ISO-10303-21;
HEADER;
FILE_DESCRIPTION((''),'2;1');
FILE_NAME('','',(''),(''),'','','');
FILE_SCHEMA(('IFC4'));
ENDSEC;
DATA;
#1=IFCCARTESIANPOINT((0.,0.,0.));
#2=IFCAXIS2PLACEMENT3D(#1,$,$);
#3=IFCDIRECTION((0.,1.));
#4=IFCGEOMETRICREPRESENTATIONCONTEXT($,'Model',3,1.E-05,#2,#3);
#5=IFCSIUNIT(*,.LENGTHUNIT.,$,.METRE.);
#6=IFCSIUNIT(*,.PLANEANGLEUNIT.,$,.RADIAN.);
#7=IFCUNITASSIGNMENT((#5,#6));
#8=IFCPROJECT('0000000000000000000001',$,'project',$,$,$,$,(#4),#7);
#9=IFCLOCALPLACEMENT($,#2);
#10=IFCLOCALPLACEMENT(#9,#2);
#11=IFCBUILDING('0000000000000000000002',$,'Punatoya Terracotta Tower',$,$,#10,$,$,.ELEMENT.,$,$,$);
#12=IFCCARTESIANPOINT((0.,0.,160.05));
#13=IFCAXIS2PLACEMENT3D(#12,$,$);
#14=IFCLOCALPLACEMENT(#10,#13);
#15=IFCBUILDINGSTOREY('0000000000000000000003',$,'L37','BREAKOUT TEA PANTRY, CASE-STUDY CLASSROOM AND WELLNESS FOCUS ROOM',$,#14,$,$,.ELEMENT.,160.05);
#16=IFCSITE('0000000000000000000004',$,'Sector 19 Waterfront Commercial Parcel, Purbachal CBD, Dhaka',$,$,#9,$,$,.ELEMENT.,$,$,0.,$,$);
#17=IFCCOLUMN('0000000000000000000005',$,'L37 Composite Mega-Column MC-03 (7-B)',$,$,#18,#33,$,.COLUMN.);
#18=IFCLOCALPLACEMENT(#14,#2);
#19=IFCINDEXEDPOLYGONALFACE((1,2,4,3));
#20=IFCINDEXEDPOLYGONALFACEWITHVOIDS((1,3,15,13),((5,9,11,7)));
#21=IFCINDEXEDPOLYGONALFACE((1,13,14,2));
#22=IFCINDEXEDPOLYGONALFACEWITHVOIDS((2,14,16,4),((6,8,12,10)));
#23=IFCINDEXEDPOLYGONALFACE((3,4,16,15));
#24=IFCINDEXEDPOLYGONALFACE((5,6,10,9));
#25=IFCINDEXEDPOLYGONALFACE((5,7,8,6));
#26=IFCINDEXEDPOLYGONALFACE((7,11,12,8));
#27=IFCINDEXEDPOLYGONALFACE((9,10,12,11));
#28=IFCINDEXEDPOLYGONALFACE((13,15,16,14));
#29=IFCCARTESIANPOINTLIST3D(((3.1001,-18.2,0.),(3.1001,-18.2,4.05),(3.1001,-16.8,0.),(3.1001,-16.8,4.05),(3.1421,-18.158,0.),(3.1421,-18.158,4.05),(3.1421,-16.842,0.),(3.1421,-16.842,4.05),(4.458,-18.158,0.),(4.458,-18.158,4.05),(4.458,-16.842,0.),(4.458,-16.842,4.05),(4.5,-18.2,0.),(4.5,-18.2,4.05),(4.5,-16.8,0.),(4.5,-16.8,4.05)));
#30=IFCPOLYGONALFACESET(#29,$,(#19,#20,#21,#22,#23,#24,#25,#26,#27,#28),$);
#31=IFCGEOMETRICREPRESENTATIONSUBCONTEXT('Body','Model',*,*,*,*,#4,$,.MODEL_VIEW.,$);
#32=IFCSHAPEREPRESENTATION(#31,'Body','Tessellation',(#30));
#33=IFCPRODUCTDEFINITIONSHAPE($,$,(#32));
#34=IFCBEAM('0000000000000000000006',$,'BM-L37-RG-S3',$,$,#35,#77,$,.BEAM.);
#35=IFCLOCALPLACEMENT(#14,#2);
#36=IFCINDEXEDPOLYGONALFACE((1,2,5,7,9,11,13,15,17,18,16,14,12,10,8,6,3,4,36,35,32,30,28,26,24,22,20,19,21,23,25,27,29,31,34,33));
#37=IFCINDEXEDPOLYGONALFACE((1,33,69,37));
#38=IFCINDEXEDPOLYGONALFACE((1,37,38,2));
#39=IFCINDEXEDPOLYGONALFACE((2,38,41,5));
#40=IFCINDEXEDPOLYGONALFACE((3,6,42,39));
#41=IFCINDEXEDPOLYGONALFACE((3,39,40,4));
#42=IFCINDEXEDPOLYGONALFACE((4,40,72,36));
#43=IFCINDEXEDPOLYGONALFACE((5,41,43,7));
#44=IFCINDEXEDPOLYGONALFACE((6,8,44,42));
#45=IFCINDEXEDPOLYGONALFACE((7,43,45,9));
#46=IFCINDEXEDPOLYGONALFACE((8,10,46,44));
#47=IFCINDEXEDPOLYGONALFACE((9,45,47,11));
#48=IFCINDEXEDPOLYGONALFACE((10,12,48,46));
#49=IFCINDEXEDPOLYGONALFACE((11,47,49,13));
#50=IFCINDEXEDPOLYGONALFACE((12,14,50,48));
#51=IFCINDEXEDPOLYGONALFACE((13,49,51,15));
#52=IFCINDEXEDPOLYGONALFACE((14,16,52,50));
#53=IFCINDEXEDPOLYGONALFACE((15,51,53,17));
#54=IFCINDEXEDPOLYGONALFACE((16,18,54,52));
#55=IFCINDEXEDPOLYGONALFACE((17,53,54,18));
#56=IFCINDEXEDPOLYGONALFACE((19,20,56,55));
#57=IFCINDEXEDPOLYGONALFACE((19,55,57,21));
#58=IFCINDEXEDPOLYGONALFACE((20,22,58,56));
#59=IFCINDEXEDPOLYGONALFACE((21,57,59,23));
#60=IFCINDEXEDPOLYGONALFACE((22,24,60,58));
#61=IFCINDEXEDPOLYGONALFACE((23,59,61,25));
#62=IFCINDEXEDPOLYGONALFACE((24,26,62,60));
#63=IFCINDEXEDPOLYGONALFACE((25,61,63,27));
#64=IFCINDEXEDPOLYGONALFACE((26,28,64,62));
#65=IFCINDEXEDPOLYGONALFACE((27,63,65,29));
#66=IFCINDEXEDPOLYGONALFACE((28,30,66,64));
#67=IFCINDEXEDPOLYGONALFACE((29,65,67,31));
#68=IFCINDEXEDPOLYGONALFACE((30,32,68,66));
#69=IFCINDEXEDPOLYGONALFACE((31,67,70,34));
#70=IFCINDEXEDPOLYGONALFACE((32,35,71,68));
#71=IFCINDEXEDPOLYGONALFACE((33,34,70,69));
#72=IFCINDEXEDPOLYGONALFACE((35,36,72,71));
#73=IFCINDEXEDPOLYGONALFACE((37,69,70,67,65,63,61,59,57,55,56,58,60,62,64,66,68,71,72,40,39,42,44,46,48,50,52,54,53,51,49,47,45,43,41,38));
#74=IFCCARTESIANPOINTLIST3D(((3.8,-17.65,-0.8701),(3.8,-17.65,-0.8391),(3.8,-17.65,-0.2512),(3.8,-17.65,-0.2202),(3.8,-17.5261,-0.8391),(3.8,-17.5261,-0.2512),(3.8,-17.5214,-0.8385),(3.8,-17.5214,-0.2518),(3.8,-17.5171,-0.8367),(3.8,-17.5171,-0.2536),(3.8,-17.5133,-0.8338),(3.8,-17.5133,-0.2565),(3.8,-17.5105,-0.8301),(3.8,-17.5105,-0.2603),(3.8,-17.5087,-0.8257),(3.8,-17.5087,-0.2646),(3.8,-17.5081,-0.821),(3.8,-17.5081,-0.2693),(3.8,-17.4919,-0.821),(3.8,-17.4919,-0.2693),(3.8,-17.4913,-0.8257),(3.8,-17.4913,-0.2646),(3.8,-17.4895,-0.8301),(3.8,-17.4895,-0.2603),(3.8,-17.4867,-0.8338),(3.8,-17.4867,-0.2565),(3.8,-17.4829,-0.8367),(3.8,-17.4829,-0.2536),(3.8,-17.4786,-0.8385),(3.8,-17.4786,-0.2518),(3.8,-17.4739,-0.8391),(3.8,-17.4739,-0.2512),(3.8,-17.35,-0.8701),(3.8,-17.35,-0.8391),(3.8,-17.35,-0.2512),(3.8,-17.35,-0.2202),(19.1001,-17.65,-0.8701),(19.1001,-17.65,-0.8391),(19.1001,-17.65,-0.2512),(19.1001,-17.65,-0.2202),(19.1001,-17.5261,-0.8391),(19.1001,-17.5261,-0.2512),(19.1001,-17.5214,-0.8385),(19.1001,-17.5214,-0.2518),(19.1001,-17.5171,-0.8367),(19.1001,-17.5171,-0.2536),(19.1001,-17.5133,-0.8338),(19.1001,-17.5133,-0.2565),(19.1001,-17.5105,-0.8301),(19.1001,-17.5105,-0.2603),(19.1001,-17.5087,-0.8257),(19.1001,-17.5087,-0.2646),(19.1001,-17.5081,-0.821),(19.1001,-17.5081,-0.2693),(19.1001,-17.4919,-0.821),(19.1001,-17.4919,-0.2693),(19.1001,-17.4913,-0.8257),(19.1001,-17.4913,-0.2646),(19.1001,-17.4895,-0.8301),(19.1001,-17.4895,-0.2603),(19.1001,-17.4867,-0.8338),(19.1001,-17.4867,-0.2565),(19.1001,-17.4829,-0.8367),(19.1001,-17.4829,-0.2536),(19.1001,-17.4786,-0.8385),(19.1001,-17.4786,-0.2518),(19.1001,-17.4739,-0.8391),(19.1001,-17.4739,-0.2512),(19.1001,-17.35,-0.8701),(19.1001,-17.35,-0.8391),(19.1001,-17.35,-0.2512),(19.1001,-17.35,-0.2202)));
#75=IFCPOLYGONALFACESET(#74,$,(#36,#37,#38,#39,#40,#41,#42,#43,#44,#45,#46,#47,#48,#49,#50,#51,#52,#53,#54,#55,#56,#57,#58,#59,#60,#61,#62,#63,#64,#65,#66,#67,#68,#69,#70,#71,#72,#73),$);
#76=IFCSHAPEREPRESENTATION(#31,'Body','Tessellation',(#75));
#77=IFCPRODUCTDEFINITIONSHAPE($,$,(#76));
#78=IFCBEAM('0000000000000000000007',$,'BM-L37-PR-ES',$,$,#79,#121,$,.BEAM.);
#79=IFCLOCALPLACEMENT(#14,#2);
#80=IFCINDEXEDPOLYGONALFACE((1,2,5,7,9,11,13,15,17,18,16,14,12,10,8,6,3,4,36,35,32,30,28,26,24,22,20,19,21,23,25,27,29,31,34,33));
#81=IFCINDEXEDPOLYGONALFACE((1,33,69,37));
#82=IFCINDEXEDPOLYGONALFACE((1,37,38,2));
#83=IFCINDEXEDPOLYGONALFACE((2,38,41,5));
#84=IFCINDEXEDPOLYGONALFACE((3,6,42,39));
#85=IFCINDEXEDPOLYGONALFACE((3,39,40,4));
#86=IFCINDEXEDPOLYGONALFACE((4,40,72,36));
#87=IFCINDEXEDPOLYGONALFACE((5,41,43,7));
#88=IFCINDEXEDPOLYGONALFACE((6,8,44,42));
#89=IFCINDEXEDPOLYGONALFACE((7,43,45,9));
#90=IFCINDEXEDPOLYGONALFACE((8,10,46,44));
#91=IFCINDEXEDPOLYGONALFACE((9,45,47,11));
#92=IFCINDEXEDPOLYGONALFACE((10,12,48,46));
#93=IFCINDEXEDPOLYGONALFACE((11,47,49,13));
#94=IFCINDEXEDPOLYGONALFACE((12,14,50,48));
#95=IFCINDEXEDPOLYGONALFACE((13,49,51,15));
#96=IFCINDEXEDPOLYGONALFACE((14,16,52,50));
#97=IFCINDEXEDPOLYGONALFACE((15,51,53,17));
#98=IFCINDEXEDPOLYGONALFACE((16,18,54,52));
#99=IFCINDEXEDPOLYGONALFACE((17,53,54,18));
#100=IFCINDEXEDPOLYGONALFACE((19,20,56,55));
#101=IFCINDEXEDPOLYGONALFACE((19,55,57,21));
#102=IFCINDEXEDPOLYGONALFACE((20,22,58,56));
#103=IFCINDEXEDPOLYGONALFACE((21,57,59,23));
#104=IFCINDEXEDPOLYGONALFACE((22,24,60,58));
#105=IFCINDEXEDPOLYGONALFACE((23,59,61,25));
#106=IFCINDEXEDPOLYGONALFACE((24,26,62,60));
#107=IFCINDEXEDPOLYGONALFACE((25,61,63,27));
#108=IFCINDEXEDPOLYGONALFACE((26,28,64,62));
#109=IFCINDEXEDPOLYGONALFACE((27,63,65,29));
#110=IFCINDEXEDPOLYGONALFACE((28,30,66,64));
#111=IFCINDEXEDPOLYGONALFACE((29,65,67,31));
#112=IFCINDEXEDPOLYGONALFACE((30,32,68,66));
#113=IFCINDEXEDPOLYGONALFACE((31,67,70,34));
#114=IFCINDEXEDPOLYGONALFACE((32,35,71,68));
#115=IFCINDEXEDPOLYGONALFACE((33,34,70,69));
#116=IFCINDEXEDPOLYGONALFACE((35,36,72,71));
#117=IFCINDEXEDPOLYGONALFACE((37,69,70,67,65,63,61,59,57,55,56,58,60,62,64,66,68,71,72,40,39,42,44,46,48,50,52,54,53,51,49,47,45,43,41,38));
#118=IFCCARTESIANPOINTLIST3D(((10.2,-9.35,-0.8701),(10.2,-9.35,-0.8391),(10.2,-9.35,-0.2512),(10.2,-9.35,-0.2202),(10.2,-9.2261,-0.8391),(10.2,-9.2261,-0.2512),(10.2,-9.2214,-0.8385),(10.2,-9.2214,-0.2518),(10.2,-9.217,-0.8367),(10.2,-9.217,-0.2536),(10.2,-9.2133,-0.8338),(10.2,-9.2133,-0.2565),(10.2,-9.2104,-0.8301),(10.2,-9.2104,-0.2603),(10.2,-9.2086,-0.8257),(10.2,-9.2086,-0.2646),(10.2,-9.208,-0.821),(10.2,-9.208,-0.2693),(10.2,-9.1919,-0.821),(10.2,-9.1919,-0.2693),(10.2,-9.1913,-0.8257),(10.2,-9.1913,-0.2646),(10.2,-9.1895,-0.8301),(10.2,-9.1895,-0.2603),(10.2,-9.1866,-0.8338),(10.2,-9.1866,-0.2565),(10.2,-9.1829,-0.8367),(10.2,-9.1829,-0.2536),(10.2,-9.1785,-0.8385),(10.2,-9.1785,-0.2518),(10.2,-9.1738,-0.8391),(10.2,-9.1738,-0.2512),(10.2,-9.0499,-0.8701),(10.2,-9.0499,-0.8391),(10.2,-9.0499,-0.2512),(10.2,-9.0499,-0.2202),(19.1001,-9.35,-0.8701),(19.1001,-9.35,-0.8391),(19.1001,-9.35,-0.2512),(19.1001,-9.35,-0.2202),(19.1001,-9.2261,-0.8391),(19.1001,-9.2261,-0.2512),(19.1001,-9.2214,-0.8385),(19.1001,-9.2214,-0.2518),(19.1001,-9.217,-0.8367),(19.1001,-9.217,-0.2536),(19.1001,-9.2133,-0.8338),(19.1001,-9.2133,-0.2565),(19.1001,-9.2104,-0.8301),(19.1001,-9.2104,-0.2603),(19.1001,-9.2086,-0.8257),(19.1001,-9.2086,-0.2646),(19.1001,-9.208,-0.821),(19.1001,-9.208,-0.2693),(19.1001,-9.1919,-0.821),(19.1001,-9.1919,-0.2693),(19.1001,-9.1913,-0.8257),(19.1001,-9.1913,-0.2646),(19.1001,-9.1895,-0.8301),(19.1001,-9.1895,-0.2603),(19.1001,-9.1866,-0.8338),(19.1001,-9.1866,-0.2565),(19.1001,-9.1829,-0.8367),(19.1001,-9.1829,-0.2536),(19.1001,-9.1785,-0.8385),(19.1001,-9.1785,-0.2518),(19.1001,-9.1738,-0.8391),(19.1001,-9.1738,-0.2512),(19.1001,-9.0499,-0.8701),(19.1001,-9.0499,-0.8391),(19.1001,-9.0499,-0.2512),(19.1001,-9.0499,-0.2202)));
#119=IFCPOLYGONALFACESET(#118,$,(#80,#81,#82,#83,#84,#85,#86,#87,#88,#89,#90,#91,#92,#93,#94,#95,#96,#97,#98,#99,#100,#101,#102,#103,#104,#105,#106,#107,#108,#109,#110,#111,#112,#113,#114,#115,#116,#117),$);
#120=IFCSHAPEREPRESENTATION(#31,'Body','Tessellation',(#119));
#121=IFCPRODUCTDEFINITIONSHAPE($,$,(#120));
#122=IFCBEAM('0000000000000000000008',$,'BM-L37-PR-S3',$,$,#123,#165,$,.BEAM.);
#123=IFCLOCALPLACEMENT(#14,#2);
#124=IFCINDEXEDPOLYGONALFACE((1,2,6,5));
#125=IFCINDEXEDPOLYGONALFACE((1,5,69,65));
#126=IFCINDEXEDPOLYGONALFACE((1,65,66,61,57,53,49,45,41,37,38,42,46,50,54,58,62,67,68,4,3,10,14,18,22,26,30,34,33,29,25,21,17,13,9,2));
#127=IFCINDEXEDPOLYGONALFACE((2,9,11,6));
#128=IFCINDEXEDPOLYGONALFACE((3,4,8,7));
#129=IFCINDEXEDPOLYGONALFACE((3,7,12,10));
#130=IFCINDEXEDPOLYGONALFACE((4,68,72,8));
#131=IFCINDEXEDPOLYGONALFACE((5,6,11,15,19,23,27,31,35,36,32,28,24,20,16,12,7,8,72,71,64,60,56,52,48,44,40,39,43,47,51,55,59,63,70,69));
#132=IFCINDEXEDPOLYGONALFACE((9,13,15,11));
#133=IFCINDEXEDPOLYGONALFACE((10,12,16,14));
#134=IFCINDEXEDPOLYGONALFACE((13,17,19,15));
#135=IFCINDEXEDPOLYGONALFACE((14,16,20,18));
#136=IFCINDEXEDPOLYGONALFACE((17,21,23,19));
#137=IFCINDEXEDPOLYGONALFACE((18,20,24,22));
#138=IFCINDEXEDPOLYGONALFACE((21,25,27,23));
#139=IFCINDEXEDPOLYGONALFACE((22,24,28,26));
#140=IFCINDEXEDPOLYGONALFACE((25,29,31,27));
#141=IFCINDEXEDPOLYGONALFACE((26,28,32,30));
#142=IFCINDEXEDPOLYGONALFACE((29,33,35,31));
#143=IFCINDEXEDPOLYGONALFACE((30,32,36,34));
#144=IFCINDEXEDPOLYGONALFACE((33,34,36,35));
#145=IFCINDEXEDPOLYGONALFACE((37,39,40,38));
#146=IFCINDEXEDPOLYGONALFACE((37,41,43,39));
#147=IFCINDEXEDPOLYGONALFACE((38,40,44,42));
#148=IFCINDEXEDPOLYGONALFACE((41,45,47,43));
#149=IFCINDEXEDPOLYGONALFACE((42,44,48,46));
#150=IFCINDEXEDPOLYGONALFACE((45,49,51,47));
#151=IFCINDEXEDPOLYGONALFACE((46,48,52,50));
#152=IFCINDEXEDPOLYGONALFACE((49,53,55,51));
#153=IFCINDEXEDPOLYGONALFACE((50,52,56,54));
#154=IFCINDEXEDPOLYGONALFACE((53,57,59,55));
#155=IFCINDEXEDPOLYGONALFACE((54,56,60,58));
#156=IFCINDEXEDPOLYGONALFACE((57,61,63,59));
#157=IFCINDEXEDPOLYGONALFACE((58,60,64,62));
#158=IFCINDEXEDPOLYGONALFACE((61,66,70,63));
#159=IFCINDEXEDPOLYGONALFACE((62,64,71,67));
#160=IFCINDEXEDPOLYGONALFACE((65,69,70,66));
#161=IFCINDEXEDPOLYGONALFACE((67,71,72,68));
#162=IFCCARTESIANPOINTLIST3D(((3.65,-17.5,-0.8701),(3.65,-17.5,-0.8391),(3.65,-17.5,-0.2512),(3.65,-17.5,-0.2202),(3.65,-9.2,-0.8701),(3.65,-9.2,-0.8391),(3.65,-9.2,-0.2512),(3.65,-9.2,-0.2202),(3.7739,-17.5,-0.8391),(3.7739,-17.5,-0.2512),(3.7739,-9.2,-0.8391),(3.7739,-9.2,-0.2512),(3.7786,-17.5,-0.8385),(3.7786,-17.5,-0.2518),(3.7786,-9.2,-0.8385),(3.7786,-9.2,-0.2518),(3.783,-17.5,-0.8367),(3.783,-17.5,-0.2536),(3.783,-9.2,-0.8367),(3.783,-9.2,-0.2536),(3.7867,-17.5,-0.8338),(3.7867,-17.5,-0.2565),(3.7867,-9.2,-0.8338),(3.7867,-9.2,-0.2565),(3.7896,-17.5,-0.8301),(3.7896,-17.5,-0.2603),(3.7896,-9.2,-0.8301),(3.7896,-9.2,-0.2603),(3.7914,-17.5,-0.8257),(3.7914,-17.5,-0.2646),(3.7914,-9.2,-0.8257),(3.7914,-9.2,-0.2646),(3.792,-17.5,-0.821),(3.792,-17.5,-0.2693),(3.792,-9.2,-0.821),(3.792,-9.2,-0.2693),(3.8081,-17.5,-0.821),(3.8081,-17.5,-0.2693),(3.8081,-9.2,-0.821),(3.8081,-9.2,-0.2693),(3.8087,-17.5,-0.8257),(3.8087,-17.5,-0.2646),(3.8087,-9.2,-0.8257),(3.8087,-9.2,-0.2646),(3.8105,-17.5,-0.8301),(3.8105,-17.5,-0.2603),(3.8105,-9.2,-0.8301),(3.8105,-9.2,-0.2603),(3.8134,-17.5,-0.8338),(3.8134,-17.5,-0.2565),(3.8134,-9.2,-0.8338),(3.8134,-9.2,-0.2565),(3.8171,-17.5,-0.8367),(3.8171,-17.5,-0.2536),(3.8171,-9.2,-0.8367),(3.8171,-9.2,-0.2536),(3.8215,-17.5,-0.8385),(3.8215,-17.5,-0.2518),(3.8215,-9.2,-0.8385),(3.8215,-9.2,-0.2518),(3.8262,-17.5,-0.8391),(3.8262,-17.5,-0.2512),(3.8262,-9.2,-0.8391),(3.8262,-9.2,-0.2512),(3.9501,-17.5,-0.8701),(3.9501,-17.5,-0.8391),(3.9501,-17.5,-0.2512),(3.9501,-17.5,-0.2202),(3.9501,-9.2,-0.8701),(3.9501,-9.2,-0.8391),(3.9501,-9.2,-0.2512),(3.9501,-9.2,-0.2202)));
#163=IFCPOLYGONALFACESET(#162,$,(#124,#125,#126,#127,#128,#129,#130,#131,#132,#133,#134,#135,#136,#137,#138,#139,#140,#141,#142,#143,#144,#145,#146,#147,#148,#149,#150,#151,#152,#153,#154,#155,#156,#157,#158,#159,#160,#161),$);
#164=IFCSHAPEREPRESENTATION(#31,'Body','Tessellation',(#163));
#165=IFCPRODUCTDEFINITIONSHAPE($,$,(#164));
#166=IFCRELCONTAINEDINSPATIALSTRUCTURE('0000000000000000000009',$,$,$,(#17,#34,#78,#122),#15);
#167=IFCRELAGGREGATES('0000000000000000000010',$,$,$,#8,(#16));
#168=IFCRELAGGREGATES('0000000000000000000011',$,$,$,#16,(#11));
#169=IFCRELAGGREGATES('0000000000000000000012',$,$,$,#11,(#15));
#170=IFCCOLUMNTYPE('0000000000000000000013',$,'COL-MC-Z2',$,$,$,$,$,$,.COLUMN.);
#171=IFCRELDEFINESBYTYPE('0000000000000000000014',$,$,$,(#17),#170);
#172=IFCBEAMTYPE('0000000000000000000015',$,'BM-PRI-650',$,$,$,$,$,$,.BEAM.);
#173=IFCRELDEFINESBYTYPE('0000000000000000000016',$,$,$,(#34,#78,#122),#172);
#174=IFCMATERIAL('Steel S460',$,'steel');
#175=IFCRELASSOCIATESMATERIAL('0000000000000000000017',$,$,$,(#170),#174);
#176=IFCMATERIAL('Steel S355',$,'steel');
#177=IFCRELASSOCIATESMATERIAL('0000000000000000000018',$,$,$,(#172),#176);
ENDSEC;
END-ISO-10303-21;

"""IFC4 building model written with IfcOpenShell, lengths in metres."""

from ifc_helpers import new_model, si_unit, direction, frame, origin, origin_2d, place, context, subcontext, project, spatial, hollow_rectangle, i_section, extrude, material, material_profile, profile_set, type_object, element, save


model = new_model("IFC4")

# Units and contexts
model_context = context("Model", 3, precision=1e-05, world=origin(), true_north=direction((0.0, 1.0)))
body_context = subcontext(model_context, "Body", "Model", "MODEL_VIEW")
ifc_project = project(units=[si_unit("LENGTHUNIT", "METRE"), si_unit("PLANEANGLEUNIT", "RADIAN")], contexts=[model_context])

# Site, building, storey
site_placement = place(None, origin())
site = spatial("IfcSite", under=ifc_project, at=site_placement, Name="Sector 19 Waterfront Commercial Parcel, Purbachal CBD, Dhaka", CompositionType="ELEMENT", RefElevation=0.0)
building_placement = place(site_placement, origin())
building = spatial("IfcBuilding", under=site, at=building_placement, Name="Punatoya Terracotta Tower", CompositionType="ELEMENT")
storey_placement = place(building_placement, frame((0.0, 0.0, 160.05)))
storey = spatial("IfcBuildingStorey", under=building, at=storey_placement, Name="L37", Description="BREAKOUT TEA PANTRY, CASE-STUDY CLASSROOM AND WELLNESS FOCUS ROOM", CompositionType="ELEMENT", Elevation=160.05)

# Column
ifc_material_1 = material(Name="Steel S460", Category="steel")
ifc_material_profile_1 = material_profile(ifc_material_1, hollow_rectangle(XDim=1.3999, YDim=1.3999, WallThickness=0.042, at=origin_2d()))
ifc_profile_set_1 = profile_set([ifc_material_profile_1], Name="Steel S460")
column_type = type_object("IfcColumnType", Name="COL-MC-Z2", PredefinedType="COLUMN", material=ifc_profile_set_1)
column_placement = place(storey_placement, frame((3.8, -17.5, 0.0), z_axis=(0.0, 0.0, 1.0), x_axis=(1.0, 0.0, 0.0)))
element("IfcColumn", 1, at=column_placement, inside=storey, type_object=column_type, Name="L37 Composite Mega-Column MC-03 (7-B)", PredefinedType="COLUMN", context=body_context, shape_type="SweptSolid", body=[
    extrude(hollow_rectangle(XDim=1.3999, YDim=1.3999, WallThickness=0.042, at=origin_2d()), origin(), (0.0, 0.0, 1.0), 4.05),
])

# Beams
ifc_material_2 = material(Name="Steel S355", Category="steel")
ifc_material_profile_2 = material_profile(ifc_material_2, i_section(OverallWidth=0.3, OverallDepth=0.6499, WebThickness=0.0161, FlangeThickness=0.031, FilletRadius=0.0181, at=origin_2d()))
ifc_profile_set_2 = profile_set([ifc_material_profile_2], Name="Steel S355")
beam_type_1 = type_object("IfcBeamType", Name="BM-PRI-650", PredefinedType="BEAM", material=ifc_profile_set_2)
beam_1_placement = place(storey_placement, frame((3.8, -17.5, -0.5452), z_axis=(1.0, 0.0, 0.0), x_axis=(0.0, 1.0, 0.0)))
element("IfcBeam", 2, at=beam_1_placement, inside=storey, type_object=beam_type_1, Name="BM-L37-RG-S3", PredefinedType="BEAM", context=body_context, shape_type="SweptSolid", body=[
    extrude(i_section(OverallWidth=0.3, OverallDepth=0.6499, WebThickness=0.0161, FlangeThickness=0.031, FilletRadius=0.0181, at=origin_2d()), origin(), (0.0, 0.0, 1.0), 15.3),
])
beam_2_placement = place(storey_placement, frame((10.2, -9.2, -0.5452), z_axis=(1.0, 0.0, 0.0), x_axis=(0.0, 1.0, 0.0)))
element("IfcBeam", 3, at=beam_2_placement, inside=storey, type_object=beam_type_1, Name="BM-L37-PR-ES", PredefinedType="BEAM", context=body_context, shape_type="SweptSolid", body=[
    extrude(i_section(OverallWidth=0.3, OverallDepth=0.6499, WebThickness=0.0161, FlangeThickness=0.031, FilletRadius=0.0181, at=origin_2d()), origin(), (0.0, 0.0, 1.0), 8.9001),
])
for number, where, z_axis, x_axis, name in (
    (4, (3.8, -17.5, -0.5452), (0.0, 1.0, 0.0), (-1.0, 0.0, 0.0), "BM-L37-PR-S3"),
):
    element("IfcBeam", number, at=place(storey_placement, frame(where, z_axis=z_axis, x_axis=x_axis)), inside=storey, type_object=beam_type_1, Name=name, PredefinedType="BEAM", context=body_context, shape_type="SweptSolid", body=[
        extrude(i_section(OverallWidth=0.3, OverallDepth=0.6499, WebThickness=0.0161, FlangeThickness=0.031, FilletRadius=0.0181, at=origin_2d()), origin(), (0.0, 0.0, 1.0), 8.3),
    ])

save(model, "model.ifc")
